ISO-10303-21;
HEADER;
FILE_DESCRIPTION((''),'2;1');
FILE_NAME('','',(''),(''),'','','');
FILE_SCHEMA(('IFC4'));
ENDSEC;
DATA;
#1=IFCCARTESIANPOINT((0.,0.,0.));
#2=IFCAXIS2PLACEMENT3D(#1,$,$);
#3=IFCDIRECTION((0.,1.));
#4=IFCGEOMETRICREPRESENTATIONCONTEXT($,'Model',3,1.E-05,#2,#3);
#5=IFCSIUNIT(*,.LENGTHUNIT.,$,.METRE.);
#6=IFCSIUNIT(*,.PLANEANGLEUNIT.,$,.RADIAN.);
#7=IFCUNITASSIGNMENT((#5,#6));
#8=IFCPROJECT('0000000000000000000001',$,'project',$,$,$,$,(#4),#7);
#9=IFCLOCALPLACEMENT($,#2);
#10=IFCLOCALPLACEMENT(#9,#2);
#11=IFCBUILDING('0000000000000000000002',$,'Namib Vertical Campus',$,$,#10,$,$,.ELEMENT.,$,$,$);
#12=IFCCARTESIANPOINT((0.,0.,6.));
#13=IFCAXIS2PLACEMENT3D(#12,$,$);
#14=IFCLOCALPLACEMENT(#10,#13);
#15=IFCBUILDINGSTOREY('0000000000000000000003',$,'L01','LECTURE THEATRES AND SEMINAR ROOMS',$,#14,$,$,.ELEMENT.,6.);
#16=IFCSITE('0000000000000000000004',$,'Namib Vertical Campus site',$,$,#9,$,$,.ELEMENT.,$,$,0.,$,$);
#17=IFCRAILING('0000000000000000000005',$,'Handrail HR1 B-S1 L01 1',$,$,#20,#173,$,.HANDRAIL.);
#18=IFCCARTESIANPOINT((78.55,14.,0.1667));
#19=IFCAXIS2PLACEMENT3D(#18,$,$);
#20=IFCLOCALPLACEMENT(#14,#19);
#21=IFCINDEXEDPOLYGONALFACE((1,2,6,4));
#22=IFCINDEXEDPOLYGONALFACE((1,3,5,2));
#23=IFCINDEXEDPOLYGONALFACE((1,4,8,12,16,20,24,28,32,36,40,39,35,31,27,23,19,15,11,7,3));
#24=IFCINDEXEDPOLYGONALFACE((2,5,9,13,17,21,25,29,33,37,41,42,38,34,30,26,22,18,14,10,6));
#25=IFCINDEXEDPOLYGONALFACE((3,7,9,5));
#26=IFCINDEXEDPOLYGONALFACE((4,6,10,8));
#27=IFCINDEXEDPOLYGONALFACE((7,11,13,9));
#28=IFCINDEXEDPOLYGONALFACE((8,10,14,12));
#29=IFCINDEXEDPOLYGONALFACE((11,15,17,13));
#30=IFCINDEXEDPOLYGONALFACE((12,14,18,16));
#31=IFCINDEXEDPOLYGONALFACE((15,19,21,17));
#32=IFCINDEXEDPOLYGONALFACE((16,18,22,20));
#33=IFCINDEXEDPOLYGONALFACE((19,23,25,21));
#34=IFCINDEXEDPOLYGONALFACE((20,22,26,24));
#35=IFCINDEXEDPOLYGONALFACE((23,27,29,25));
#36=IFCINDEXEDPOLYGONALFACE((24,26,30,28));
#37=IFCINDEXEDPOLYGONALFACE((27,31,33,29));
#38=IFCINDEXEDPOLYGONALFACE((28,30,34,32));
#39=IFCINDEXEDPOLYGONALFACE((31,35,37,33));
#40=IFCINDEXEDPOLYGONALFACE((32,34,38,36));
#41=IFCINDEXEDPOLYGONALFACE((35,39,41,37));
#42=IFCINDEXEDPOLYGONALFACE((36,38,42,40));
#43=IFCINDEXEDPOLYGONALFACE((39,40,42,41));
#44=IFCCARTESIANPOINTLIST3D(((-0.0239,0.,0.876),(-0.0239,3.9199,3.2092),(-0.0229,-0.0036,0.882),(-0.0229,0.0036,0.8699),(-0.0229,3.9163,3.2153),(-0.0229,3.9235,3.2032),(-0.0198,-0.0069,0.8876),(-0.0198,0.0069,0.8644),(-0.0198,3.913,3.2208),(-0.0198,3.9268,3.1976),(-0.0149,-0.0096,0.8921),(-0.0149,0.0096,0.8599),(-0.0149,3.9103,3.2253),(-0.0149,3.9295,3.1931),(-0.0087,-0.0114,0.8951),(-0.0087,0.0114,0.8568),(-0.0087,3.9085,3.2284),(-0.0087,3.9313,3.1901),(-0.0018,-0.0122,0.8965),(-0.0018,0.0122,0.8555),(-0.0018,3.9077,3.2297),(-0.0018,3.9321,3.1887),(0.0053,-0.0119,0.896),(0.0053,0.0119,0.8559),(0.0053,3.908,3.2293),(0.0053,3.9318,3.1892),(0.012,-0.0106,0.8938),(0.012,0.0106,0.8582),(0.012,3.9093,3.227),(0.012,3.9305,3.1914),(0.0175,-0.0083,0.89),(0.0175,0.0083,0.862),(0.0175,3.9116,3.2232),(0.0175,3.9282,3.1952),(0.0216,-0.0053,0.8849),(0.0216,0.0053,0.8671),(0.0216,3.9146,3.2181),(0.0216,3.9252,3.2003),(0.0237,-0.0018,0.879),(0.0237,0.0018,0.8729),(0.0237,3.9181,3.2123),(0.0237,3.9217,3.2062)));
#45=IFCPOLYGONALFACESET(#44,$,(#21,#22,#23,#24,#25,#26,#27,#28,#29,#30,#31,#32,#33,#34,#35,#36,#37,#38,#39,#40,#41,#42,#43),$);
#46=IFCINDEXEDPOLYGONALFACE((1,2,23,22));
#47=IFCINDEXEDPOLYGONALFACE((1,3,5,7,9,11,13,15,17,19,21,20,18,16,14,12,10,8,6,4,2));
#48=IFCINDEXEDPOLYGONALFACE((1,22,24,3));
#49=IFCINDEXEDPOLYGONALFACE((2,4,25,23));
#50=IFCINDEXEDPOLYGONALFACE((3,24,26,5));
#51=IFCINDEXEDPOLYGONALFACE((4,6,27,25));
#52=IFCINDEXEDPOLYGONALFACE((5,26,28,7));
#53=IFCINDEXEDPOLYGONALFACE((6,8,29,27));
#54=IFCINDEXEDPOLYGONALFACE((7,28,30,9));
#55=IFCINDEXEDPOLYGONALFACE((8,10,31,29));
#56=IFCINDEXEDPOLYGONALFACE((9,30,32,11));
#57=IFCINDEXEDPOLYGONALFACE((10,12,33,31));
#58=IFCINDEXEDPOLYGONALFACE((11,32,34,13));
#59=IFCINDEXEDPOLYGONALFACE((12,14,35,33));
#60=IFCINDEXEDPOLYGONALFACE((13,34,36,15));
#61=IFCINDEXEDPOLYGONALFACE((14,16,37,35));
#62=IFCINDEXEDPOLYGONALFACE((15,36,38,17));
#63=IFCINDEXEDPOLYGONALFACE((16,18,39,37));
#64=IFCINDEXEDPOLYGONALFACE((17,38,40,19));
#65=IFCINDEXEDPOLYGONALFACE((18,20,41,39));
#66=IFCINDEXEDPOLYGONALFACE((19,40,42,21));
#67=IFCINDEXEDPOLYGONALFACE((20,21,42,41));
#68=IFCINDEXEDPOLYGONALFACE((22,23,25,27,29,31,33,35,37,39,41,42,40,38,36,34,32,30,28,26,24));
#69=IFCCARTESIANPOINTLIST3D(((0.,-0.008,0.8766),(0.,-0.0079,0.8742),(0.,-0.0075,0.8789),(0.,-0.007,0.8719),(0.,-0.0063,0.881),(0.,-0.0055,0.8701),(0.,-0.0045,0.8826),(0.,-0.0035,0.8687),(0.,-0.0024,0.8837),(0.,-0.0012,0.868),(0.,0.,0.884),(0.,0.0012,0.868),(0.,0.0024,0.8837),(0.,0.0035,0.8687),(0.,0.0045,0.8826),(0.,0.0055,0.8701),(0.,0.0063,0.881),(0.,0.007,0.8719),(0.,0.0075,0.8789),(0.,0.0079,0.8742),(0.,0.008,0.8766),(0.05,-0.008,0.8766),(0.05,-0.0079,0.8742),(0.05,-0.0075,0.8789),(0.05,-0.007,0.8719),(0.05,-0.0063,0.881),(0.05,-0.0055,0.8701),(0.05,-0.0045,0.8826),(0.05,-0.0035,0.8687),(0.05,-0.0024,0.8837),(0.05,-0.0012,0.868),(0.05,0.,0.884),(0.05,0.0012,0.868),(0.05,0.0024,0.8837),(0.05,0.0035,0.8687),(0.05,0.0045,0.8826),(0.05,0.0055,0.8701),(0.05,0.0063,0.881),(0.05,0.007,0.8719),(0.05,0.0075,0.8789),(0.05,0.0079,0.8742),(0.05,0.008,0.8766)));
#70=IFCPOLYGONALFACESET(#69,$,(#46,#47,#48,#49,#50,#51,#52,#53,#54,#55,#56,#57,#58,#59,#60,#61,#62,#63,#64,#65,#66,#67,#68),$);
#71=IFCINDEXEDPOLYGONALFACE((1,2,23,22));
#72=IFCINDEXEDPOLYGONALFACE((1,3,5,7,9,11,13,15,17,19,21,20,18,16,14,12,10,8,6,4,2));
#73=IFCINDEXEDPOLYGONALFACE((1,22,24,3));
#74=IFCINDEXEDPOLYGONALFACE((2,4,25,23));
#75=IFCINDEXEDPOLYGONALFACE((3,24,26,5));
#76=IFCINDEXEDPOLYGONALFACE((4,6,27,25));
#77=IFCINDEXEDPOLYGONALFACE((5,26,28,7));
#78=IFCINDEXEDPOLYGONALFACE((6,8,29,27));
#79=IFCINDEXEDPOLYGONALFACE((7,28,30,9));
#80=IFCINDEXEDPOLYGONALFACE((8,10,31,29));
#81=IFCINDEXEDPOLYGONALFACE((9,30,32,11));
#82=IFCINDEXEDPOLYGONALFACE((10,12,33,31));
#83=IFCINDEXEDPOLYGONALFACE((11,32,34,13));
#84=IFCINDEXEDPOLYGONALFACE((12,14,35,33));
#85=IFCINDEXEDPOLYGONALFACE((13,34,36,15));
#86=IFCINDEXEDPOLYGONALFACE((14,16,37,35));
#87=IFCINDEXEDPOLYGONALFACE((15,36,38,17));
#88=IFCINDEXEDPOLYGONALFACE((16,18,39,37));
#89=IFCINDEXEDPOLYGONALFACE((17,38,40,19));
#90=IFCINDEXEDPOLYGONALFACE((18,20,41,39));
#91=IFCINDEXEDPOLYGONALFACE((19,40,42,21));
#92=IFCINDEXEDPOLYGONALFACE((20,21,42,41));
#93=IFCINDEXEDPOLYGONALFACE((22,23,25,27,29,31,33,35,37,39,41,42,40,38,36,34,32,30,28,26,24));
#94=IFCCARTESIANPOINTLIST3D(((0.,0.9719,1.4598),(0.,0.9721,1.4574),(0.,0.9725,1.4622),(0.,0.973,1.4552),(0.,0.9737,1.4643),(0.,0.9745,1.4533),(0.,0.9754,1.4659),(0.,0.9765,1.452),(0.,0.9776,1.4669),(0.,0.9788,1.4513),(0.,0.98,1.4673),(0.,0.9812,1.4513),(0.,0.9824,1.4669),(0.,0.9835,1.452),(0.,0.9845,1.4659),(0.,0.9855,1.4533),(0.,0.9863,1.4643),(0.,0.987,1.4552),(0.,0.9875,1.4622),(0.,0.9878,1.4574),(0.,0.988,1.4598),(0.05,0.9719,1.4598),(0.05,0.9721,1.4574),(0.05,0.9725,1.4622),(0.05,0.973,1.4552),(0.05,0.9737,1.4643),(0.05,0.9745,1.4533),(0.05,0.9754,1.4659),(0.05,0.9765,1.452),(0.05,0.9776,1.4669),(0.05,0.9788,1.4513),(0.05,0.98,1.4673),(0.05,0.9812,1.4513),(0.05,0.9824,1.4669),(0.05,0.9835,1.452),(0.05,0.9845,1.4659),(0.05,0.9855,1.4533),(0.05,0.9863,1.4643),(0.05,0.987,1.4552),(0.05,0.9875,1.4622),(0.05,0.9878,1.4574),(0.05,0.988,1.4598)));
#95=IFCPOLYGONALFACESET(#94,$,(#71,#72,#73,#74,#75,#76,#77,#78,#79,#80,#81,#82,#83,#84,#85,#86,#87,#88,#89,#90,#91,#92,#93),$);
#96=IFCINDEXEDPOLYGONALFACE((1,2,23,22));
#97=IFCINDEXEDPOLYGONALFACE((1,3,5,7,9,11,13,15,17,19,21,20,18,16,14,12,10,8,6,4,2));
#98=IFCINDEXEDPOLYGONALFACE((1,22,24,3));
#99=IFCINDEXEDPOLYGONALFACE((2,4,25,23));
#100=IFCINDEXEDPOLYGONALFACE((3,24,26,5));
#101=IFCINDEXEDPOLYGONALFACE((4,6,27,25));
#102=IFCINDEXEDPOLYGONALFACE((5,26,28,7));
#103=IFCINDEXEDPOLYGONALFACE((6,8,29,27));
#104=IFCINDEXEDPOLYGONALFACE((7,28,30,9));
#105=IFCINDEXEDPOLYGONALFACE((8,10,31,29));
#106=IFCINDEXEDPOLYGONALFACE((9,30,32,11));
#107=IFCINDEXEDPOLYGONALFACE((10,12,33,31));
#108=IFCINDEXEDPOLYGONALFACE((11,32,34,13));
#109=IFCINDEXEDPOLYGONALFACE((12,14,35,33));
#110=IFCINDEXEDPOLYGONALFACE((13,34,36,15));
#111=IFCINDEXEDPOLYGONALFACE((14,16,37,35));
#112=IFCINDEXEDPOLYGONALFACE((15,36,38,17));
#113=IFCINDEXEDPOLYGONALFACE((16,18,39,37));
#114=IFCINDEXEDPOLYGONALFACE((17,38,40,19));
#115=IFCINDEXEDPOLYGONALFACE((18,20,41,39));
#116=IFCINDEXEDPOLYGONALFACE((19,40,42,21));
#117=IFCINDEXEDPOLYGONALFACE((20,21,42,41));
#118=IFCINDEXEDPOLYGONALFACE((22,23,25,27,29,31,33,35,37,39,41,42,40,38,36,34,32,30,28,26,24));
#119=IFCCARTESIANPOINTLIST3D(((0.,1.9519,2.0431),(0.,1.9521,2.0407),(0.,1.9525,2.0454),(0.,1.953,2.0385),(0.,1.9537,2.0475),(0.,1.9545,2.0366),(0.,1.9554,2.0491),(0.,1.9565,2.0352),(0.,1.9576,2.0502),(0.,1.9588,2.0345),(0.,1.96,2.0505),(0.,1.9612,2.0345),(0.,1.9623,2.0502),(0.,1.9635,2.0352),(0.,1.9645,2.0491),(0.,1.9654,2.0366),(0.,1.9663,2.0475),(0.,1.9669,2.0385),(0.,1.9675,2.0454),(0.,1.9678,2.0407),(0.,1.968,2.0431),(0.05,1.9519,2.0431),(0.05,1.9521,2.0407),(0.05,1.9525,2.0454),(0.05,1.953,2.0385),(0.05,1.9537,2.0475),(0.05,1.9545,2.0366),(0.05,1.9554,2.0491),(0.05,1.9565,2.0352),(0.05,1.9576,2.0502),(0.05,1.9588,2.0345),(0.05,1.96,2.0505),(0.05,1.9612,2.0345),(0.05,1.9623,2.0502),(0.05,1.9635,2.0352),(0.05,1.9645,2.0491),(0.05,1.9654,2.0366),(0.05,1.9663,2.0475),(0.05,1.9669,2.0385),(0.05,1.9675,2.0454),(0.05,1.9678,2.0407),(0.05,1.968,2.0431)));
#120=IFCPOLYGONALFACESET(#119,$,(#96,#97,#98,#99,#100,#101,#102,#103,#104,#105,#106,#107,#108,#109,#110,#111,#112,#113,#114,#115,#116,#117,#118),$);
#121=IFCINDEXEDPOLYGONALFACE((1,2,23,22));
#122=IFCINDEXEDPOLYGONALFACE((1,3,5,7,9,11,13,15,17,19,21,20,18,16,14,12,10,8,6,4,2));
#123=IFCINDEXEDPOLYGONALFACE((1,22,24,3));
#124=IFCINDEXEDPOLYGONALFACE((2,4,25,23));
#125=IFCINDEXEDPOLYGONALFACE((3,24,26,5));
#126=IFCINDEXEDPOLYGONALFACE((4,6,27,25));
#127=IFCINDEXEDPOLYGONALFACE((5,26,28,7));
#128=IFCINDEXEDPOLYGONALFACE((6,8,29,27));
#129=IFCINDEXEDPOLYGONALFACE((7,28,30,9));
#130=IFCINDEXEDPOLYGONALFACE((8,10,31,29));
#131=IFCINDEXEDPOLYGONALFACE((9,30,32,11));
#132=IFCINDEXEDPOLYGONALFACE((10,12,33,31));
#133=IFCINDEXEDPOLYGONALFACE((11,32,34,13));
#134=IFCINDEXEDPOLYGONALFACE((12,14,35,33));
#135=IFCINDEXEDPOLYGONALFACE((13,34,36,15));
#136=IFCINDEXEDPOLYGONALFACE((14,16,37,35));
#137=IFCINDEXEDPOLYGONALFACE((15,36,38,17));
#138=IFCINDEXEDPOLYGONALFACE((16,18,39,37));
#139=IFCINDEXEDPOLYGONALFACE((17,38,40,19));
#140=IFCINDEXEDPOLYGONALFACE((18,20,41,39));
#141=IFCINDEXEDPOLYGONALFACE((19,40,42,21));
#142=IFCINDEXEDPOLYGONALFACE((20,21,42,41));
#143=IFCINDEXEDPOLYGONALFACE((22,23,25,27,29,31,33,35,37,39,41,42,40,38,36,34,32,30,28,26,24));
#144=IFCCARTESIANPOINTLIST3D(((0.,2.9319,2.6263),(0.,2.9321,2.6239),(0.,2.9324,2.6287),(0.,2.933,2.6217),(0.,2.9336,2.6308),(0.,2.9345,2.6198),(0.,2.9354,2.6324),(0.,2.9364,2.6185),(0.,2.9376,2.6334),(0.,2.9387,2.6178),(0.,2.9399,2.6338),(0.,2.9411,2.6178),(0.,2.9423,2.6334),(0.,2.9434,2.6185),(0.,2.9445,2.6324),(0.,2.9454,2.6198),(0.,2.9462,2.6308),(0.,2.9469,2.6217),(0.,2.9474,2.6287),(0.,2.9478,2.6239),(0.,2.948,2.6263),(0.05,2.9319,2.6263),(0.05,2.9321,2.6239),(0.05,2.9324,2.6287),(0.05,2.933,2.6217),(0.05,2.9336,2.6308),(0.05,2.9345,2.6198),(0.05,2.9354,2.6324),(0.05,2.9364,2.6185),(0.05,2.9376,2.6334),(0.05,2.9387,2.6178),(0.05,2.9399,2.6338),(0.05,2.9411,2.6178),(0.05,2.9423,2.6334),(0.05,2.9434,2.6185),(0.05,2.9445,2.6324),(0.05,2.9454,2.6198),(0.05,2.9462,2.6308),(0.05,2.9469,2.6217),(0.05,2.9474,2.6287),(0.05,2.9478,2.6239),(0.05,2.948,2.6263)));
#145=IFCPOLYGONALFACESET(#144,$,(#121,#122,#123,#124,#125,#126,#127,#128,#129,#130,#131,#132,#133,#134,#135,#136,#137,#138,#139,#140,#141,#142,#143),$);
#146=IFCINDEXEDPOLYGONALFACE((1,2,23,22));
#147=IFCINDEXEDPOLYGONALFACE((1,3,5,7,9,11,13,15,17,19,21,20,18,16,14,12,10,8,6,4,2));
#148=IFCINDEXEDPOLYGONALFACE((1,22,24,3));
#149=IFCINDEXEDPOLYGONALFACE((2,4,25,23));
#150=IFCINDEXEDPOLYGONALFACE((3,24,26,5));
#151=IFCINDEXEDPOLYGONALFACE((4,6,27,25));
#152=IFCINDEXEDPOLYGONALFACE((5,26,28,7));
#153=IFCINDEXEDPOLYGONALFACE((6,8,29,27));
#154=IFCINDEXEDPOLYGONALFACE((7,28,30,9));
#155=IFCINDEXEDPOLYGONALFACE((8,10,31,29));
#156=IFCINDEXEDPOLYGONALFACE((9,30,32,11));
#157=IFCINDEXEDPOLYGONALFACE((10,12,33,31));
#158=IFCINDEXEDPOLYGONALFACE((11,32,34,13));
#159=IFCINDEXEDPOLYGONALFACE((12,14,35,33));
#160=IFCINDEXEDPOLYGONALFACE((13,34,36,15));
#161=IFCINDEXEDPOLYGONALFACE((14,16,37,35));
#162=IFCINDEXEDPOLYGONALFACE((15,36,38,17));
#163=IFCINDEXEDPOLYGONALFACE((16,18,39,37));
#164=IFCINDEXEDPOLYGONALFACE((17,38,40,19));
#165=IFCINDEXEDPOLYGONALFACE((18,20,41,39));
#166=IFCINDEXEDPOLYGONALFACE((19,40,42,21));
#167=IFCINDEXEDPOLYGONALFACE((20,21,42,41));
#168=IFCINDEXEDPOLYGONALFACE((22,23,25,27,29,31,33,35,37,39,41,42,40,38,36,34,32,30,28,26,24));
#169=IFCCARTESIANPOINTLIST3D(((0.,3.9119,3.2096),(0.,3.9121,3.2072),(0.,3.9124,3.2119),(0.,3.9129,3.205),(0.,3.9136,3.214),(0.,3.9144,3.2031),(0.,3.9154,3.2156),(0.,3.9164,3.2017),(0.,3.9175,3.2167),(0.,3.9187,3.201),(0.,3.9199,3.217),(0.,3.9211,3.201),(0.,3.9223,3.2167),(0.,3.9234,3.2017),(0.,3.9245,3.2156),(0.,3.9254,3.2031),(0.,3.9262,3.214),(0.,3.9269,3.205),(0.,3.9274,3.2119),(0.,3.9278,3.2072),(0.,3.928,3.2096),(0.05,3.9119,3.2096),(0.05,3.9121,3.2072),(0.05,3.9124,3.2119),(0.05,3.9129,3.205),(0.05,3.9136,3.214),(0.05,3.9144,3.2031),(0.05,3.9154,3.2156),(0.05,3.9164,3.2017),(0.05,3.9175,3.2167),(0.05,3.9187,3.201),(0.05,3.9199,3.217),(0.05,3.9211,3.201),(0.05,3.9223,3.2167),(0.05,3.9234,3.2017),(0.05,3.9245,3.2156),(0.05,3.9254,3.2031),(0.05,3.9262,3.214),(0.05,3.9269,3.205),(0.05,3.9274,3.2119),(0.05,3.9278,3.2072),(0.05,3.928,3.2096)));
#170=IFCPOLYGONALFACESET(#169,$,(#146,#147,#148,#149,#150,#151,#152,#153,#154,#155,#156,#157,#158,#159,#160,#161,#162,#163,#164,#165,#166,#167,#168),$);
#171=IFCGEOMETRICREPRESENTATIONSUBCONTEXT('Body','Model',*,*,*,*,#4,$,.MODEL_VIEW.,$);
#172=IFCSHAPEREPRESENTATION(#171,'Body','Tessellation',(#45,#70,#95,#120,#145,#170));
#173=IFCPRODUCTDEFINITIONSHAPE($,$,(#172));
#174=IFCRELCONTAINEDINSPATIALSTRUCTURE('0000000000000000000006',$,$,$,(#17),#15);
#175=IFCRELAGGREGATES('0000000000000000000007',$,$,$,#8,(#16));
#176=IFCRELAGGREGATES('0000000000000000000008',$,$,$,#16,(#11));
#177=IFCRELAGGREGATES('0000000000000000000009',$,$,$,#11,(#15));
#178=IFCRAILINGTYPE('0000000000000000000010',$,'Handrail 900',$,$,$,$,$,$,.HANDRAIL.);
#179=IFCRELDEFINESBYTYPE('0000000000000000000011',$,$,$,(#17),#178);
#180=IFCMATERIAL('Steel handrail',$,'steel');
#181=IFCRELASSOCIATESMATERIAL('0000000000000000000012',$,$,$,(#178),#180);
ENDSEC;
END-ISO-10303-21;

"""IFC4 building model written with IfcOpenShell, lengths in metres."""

from ifc_helpers import new_model, si_unit, direction, frame, origin, origin_2d, place, context, subcontext, project, spatial, circle, extrude, material, type_object, element, save


model = new_model("IFC4")

# Units and contexts
model_context = context("Model", 3, precision=1e-05, world=origin(), true_north=direction((0.0, 1.0)))
body_context = subcontext(model_context, "Body", "Model", "MODEL_VIEW")
ifc_project = project(units=[si_unit("LENGTHUNIT", "METRE"), si_unit("PLANEANGLEUNIT", "RADIAN")], contexts=[model_context])

# Site, building, storey
site_placement = place(None, origin())
site = spatial("IfcSite", under=ifc_project, at=site_placement, Name="Namib Vertical Campus site", CompositionType="ELEMENT", RefElevation=0.0)
building_placement = place(site_placement, origin())
building = spatial("IfcBuilding", under=site, at=building_placement, Name="Namib Vertical Campus", CompositionType="ELEMENT")
storey_placement = place(building_placement, frame((0.0, 0.0, 6.0)))
storey = spatial("IfcBuildingStorey", under=building, at=storey_placement, Name="L01", Description="LECTURE THEATRES AND SEMINAR ROOMS", CompositionType="ELEMENT", Elevation=6.0)

# Railing
ifc_material_1 = material(Name="Steel handrail", Category="steel")
railing_type_1 = type_object("IfcRailingType", Name="Handrail 900", PredefinedType="HANDRAIL", material=ifc_material_1)
railing_1_placement = place(storey_placement, frame((78.55, 14.0, 0.1667)))
element("IfcRailing", 1, at=railing_1_placement, inside=storey, type_object=railing_type_1, Name="Handrail HR1 B-S1 L01 1", PredefinedType="HANDRAIL", context=body_context, shape_type="SweptSolid", body=[
    extrude(circle(Radius=0.0239, at=origin_2d()), frame((0.0, 0.0, 0.876), z_axis=(0.0, 0.859296, 0.511478), x_axis=(-1.0, 0.0, 0.0)), (0.0, 0.0, 1.0), 4.5618),
    extrude(circle(Radius=0.0081, at=origin_2d()), frame((0.0, 0.0, 0.876), z_axis=(1.0, 0.0, 0.0), x_axis=(0.0, 0.0, 1.0)), (0.0, 0.0, 1.0), 0.05),
    extrude(circle(Radius=0.0081, at=origin_2d()), frame((0.0, 0.98, 1.4592), z_axis=(1.0, 0.0, 0.0), x_axis=(0.0, 0.0, 1.0)), (0.0, 0.0, 1.0), 0.05),
    extrude(circle(Radius=0.0081, at=origin_2d()), frame((0.0, 1.96, 2.0425), z_axis=(1.0, 0.0, 0.0), x_axis=(0.0, 0.0, 1.0)), (0.0, 0.0, 1.0), 0.05),
    extrude(circle(Radius=0.0081, at=origin_2d()), frame((0.0, 2.9399, 2.6257), z_axis=(1.0, 0.0, 0.0), x_axis=(0.0, 0.0, 1.0)), (0.0, 0.0, 1.0), 0.05),
    extrude(circle(Radius=0.0081, at=origin_2d()), frame((0.0, 3.9199, 3.209), z_axis=(1.0, 0.0, 0.0), x_axis=(0.0, 0.0, 1.0)), (0.0, 0.0, 1.0), 0.05),
])

save(model, "model.ifc")
